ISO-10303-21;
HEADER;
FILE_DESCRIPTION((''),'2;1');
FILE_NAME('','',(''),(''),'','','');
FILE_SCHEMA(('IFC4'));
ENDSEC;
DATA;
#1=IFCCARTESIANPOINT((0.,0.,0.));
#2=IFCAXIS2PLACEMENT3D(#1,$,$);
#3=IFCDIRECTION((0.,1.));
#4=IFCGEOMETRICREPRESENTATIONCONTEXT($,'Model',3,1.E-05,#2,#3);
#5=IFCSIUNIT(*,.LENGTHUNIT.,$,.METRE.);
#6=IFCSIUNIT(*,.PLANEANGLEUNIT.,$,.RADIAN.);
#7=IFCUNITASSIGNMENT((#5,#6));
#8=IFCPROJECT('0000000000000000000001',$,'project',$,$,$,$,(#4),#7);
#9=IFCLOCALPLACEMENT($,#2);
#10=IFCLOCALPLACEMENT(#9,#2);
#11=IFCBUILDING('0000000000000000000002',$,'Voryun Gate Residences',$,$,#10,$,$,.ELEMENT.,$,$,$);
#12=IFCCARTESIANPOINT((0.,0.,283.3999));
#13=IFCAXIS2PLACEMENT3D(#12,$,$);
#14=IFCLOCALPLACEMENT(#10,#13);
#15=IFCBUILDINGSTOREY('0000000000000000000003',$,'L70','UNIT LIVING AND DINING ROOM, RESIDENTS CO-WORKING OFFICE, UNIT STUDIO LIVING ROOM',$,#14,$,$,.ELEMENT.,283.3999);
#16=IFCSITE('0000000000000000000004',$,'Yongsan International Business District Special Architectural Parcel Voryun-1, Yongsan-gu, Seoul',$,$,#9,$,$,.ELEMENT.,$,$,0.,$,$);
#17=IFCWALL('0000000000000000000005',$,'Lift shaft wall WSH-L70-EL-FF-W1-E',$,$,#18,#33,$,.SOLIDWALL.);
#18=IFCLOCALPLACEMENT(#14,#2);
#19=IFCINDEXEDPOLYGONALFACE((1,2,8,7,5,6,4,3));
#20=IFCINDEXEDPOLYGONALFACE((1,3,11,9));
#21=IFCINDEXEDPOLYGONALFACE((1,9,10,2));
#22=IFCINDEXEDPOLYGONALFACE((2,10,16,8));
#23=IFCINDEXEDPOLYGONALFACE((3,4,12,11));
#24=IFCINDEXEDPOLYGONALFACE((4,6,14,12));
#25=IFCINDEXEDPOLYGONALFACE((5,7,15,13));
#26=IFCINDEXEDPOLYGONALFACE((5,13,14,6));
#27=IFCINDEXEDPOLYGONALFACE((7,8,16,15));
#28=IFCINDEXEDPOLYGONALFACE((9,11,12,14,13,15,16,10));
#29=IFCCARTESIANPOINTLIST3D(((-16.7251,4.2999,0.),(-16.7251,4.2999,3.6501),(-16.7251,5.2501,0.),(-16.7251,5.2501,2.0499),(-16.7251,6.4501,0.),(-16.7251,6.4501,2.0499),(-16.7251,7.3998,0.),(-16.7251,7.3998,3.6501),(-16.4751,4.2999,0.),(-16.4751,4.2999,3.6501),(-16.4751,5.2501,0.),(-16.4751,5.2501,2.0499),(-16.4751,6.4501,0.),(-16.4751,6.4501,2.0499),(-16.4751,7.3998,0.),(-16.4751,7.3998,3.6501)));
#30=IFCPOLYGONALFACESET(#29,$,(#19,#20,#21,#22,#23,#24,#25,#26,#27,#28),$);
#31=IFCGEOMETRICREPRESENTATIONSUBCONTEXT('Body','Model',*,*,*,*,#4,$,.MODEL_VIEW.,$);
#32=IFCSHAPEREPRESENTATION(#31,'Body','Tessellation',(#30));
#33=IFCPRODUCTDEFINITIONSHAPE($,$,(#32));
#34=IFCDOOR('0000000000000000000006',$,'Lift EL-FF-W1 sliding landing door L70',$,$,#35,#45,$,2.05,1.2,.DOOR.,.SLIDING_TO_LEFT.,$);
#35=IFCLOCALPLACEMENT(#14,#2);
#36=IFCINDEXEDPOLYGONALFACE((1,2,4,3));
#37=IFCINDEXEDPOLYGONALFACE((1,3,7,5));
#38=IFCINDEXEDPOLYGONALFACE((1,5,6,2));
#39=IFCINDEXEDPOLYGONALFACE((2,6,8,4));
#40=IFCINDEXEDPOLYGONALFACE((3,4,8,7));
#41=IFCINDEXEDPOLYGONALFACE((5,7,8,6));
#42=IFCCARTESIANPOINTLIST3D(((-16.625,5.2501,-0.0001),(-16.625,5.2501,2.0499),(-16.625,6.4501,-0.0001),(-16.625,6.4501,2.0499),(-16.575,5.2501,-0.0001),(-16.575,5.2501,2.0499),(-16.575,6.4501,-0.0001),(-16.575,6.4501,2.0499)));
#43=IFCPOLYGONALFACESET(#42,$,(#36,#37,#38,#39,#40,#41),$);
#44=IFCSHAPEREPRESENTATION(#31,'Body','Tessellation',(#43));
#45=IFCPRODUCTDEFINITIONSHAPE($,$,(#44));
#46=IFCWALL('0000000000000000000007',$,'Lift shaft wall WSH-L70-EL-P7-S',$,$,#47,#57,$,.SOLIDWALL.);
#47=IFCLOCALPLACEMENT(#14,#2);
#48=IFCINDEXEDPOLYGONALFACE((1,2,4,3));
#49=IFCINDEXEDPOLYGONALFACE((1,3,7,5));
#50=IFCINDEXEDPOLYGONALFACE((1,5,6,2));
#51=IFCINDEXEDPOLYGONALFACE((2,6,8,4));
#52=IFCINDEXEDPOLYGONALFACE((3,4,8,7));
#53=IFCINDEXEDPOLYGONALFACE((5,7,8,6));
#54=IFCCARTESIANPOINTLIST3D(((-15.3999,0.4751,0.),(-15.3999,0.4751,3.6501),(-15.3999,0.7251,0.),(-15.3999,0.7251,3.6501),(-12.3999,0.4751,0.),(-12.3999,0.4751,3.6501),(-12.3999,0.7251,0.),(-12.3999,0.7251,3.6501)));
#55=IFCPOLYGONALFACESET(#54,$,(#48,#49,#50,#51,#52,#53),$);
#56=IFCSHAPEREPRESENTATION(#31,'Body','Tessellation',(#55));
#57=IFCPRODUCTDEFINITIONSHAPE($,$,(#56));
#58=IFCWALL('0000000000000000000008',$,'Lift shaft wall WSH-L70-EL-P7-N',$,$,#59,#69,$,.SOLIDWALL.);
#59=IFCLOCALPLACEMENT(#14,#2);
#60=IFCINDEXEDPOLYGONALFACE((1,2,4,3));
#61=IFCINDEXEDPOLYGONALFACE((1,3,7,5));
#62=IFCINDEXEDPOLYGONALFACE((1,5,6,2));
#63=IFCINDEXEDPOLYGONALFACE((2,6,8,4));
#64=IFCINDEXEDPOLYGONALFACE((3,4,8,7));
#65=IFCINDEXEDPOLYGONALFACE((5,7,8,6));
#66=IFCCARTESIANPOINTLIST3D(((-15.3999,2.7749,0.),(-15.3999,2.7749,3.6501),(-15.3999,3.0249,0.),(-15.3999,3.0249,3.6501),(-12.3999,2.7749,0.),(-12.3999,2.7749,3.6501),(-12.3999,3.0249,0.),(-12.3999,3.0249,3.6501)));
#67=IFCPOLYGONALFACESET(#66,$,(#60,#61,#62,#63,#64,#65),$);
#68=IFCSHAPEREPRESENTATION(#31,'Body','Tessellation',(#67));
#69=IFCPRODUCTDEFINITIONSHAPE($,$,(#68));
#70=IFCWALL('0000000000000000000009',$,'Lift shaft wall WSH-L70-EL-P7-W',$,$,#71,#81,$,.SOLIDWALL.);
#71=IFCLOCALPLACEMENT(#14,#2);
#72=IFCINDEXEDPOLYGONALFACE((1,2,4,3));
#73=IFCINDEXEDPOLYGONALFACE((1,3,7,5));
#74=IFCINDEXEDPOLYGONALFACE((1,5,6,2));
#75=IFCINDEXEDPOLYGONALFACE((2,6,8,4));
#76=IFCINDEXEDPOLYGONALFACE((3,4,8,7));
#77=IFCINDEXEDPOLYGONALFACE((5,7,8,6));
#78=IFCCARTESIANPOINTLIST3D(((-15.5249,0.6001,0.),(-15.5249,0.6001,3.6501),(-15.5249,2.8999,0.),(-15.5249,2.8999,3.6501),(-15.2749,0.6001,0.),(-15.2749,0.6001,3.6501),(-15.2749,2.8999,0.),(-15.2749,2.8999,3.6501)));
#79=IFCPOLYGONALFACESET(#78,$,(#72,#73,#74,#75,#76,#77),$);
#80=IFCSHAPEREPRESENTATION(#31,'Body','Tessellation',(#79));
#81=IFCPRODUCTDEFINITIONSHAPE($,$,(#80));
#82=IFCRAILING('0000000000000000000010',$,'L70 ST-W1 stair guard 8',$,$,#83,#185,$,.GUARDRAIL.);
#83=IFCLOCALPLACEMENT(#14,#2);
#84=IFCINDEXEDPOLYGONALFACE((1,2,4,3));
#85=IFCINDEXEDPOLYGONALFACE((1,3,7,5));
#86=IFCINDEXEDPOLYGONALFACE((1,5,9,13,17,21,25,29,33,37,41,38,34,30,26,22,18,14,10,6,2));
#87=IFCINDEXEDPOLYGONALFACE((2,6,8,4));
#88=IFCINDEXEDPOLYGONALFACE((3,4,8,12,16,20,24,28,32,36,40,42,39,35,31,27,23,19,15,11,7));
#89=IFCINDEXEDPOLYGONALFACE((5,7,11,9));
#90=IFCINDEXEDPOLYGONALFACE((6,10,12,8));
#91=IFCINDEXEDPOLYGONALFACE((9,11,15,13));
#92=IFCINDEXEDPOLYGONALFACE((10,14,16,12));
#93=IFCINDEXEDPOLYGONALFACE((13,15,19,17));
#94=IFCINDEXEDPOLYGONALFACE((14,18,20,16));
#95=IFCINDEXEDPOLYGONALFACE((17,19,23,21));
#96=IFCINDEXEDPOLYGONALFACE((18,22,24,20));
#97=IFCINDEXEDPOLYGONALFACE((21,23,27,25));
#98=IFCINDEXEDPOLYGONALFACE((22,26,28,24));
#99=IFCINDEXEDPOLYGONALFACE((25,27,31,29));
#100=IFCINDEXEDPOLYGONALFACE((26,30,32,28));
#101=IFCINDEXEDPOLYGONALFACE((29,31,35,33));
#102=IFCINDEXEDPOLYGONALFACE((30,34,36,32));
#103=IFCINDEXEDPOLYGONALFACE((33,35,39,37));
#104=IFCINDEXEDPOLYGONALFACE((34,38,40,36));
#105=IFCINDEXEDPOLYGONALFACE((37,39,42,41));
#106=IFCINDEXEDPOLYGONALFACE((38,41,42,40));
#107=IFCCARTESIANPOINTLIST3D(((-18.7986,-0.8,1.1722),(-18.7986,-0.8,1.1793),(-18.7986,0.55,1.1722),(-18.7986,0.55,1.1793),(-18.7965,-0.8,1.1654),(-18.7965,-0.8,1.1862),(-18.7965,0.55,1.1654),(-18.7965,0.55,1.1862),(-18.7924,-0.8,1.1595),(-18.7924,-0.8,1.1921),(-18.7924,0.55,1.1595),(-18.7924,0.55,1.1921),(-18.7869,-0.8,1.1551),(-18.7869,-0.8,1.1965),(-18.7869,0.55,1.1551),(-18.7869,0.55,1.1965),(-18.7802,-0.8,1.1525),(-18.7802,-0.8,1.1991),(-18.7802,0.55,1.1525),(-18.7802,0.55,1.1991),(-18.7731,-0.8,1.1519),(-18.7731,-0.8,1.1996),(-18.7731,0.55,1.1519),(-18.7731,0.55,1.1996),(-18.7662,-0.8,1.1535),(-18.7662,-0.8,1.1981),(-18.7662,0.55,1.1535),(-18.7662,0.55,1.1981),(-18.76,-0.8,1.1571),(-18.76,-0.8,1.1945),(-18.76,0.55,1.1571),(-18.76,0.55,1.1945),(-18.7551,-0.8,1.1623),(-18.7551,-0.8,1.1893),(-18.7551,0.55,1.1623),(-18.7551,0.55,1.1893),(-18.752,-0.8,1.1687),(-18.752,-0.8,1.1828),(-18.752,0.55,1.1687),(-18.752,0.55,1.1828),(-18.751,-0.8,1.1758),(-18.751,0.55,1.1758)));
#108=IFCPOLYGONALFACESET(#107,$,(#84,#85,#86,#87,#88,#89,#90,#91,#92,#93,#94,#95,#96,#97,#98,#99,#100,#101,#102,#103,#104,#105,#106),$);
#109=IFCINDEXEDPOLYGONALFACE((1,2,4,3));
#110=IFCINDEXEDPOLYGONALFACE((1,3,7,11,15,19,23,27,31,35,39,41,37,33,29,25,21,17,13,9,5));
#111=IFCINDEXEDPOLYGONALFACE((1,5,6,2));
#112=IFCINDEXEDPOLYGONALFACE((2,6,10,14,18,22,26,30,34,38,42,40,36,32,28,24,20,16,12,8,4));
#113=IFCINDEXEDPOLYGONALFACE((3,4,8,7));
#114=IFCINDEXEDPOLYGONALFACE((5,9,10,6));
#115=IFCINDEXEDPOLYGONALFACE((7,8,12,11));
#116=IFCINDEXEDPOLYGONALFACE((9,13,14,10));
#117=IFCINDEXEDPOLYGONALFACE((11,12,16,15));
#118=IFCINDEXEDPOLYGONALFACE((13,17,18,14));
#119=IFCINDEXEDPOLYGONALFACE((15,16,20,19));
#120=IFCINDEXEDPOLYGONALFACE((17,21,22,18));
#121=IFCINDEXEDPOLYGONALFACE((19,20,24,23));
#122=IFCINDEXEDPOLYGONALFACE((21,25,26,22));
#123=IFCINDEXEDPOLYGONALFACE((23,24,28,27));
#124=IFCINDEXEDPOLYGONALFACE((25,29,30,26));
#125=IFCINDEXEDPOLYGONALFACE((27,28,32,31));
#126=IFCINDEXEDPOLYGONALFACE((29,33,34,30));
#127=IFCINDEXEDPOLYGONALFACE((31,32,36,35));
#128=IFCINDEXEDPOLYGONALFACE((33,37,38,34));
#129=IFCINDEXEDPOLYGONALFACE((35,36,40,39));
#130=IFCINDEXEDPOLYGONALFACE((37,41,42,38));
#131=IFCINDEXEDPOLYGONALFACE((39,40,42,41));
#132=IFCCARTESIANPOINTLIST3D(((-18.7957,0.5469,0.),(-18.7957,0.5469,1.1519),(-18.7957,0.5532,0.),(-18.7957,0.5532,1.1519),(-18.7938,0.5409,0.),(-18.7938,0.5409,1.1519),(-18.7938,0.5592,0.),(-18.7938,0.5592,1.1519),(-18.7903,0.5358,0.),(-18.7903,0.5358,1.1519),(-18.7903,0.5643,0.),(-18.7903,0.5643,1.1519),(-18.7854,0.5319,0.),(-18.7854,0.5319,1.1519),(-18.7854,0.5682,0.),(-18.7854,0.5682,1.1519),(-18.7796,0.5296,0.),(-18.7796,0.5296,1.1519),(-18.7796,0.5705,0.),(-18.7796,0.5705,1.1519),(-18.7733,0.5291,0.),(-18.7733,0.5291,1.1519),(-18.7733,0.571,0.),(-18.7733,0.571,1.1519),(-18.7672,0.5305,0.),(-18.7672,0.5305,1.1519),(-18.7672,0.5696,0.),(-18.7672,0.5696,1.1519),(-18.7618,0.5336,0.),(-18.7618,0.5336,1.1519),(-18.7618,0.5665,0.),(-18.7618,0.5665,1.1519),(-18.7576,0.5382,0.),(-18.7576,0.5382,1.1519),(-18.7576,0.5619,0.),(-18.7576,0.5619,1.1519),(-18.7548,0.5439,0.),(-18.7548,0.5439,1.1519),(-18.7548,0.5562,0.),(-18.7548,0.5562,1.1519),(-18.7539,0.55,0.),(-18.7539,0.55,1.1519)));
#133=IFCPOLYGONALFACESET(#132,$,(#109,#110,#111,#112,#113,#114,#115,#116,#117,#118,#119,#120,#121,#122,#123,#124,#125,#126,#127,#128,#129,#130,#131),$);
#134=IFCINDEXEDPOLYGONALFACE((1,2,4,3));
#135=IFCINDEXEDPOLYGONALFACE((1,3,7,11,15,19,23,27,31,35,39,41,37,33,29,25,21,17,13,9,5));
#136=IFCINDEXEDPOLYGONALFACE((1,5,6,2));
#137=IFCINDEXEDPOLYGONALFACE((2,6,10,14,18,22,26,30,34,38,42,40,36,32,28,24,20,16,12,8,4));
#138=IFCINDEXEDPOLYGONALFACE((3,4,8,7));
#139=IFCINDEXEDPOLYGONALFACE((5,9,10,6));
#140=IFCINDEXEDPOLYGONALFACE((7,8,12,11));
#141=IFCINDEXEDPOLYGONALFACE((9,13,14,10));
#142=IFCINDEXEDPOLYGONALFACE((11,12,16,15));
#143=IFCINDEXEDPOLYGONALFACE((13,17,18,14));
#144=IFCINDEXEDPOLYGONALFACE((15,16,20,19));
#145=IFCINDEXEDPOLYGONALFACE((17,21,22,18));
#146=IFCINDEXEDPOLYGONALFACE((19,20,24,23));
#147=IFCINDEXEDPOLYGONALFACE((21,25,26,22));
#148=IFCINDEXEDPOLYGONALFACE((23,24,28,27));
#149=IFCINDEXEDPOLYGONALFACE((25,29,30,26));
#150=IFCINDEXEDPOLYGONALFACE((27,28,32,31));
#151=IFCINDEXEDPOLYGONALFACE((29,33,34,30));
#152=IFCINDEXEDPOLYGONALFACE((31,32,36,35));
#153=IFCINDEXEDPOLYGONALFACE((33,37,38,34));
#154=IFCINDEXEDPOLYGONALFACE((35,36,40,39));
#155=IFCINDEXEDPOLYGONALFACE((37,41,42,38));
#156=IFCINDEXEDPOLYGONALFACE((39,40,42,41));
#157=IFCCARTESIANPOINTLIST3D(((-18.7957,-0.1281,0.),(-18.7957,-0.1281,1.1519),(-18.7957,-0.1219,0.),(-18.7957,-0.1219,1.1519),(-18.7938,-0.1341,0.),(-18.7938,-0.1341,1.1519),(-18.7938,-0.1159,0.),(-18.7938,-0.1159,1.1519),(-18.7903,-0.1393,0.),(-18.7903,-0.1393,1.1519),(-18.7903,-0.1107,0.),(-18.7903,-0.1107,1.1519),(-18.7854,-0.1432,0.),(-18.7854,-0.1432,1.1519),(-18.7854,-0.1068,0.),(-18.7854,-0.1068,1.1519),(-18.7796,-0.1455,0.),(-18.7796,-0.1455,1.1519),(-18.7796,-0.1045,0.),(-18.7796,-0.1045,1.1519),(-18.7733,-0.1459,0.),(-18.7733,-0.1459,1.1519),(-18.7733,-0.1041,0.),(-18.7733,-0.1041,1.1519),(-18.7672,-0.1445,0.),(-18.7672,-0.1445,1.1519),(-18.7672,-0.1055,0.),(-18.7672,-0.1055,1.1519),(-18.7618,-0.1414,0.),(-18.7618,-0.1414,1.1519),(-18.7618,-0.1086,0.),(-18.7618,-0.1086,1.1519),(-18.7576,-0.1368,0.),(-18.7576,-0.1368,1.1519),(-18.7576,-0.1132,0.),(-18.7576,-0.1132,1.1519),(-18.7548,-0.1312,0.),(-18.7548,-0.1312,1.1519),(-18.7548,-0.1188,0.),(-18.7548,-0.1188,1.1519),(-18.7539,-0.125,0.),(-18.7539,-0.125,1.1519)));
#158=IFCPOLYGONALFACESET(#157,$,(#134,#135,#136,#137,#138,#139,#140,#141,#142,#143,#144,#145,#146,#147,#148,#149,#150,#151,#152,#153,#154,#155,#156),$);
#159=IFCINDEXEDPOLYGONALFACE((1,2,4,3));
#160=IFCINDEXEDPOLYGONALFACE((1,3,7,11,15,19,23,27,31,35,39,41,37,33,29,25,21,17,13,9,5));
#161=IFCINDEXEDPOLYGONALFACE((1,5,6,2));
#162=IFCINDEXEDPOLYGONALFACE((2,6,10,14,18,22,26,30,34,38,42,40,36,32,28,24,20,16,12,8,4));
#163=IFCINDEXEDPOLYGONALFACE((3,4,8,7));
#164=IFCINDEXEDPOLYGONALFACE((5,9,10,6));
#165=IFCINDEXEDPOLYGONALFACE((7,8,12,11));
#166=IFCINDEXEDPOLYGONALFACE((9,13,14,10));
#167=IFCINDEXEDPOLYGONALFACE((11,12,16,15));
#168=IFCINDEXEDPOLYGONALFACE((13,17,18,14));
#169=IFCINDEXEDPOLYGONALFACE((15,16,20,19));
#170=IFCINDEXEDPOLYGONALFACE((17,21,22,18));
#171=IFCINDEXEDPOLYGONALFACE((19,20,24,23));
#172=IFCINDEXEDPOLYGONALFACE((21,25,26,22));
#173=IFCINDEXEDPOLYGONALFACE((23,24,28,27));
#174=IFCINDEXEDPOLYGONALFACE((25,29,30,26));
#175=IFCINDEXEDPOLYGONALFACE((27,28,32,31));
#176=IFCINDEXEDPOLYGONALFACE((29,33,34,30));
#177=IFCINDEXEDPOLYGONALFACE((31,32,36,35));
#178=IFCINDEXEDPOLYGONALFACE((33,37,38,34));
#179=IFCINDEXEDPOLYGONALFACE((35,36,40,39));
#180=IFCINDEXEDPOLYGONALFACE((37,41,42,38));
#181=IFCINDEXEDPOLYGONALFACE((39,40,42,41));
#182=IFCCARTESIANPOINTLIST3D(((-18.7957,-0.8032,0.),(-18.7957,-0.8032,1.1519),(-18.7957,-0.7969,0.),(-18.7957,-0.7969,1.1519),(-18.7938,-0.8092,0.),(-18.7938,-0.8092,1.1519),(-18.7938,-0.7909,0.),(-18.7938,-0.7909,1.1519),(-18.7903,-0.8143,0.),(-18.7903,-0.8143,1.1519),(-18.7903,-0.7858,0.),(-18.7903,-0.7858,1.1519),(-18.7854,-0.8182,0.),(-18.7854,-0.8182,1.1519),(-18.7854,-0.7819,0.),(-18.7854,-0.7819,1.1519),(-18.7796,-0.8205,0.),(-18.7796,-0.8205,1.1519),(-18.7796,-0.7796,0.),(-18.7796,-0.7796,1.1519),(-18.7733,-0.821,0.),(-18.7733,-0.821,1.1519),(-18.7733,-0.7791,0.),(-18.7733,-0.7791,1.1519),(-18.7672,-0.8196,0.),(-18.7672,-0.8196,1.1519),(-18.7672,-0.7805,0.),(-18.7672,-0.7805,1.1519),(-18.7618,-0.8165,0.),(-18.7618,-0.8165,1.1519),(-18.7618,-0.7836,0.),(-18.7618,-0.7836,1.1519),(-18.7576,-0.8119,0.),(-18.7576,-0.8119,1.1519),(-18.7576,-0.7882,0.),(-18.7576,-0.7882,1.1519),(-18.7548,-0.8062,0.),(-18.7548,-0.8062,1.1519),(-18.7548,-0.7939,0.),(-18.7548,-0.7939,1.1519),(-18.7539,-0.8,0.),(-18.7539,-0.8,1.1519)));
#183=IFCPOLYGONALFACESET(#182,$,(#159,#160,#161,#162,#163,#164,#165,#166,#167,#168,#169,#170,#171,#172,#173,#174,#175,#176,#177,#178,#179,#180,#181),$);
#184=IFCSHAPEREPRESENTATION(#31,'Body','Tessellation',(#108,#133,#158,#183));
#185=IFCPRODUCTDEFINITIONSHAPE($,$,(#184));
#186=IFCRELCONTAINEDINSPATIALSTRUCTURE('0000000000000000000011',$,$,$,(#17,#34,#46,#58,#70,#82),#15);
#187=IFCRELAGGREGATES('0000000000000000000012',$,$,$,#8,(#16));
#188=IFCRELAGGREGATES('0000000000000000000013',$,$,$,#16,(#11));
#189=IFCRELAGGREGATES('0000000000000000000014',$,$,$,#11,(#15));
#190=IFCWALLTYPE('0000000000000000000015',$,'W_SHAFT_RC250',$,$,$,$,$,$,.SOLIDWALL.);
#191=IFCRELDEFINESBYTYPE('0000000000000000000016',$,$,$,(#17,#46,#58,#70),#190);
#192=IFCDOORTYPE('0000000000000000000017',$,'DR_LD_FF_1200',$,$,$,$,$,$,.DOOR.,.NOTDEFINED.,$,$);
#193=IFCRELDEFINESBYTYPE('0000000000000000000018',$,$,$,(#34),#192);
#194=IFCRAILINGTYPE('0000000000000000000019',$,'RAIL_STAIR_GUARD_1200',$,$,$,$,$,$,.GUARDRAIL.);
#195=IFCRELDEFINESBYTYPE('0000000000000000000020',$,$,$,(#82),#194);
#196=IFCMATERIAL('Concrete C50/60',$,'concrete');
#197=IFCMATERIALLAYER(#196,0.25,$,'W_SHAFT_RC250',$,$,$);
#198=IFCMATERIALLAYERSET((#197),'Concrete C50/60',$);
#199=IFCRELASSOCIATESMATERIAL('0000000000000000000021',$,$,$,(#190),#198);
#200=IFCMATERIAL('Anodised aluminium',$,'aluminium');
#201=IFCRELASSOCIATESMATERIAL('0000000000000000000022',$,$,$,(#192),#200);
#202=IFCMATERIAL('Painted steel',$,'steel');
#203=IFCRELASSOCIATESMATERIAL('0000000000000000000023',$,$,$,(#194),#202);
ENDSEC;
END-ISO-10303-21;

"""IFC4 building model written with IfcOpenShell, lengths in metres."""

from ifc_helpers import new_model, si_unit, direction, frame, frame_2d, origin, origin_2d, place, context, subcontext, project, spatial, rectangle, circle, extrude, material, layer, layer_set, type_object, element, fill, save


model = new_model("IFC4")

# Units and contexts
model_context = context("Model", 3, precision=1e-05, world=origin(), true_north=direction((0.0, 1.0)))
body_context = subcontext(model_context, "Body", "Model", "MODEL_VIEW")
ifc_project = project(units=[si_unit("LENGTHUNIT", "METRE"), si_unit("PLANEANGLEUNIT", "RADIAN")], contexts=[model_context])

# Site, building, storey
site_placement = place(None, origin())
site = spatial("IfcSite", under=ifc_project, at=site_placement, Name="Yongsan International Business District Special Architectural Parcel Voryun-1, Yongsan-gu, Seoul", CompositionType="ELEMENT", RefElevation=0.0)
building_placement = place(site_placement, origin())
building = spatial("IfcBuilding", under=site, at=building_placement, Name="Voryun Gate Residences", CompositionType="ELEMENT")
storey_placement = place(building_placement, frame((0.0, 0.0, 283.3999)))
storey = spatial("IfcBuildingStorey", under=building, at=storey_placement, Name="L70", Description="UNIT LIVING AND DINING ROOM, RESIDENTS CO-WORKING OFFICE, UNIT STUDIO LIVING ROOM", CompositionType="ELEMENT", Elevation=283.3999)

# Wall, opening, door
ifc_material_1 = material(Name="Concrete C50/60", Category="concrete")
ifc_layer_1 = layer(ifc_material_1, 0.25, Name="W_SHAFT_RC250")
ifc_layer_set_1 = layer_set([ifc_layer_1], Name="Concrete C50/60")
wall_type_1 = type_object("IfcWallType", Name="W_SHAFT_RC250", PredefinedType="SOLIDWALL", material=ifc_layer_set_1)
wall_1_placement = place(storey_placement, frame((-16.6001, 4.3, 0.0), z_axis=(0.0, 0.0, 1.0), x_axis=(0.0, 1.0, 0.0)))
wall_1 = element("IfcWall", 1, at=wall_1_placement, inside=storey, type_object=wall_type_1, Name="Lift shaft wall WSH-L70-EL-FF-W1-E", PredefinedType="SOLIDWALL", context=body_context, shape_type="SweptSolid", body=[
    extrude(rectangle(XDim=3.0999, YDim=0.25, at=frame_2d((1.5498, 0.0))), origin(), (0.0, 0.0, 1.0), 3.6501),
])
opening_1_placement = place(wall_1_placement, frame((0.95, 0.0, 0.0)))
opening_1 = element("IfcOpeningElement", 2, at=opening_1_placement, cuts=wall_1, PredefinedType="OPENING", context=body_context, shape_type="SweptSolid", body=[
    extrude(rectangle(XDim=1.2, YDim=2.05, at=frame_2d((0.6001, 1.0249))), frame((0.0, 0.135, 0.0), z_axis=(0.0, -1.0, 0.0), x_axis=(1.0, 0.0, 0.0)), (0.0, 0.0, 1.0), 0.27),
])
ifc_material_2 = material(Name="Anodised aluminium", Category="aluminium")
door_type_1 = type_object("IfcDoorType", Name="DR_LD_FF_1200", OperationType="NOTDEFINED", PredefinedType="DOOR", material=ifc_material_2)
door_1_placement = place(opening_1_placement, origin())
door_1 = element("IfcDoor", 3, at=door_1_placement, inside=storey, type_object=door_type_1, Name="Lift EL-FF-W1 sliding landing door L70", OperationType="SLIDING_TO_LEFT", OverallHeight=2.05, OverallWidth=1.2, PredefinedType="DOOR", context=body_context, shape_type="SweptSolid", body=[
    extrude(rectangle(XDim=1.2, YDim=2.05, at=frame_2d((0.6001, 1.0249))), frame((0.0, 0.0249, 0.0), z_axis=(0.0, -1.0, 0.0), x_axis=(1.0, 0.0, 0.0)), (0.0, 0.0, 1.0), 0.05),
])
fill(opening_1, door_1)

# Walls
for number, where, z_axis, x_axis, name in (
    (4, (-15.3999, 0.6001, 0.0), (0.0, 0.0, 1.0), (1.0, 0.0, 0.0), "Lift shaft wall WSH-L70-EL-P7-S"),
    (5, (-12.3999, 2.8999, 0.0), (0.0, 0.0, 1.0), (-1.0, 0.0, 0.0), "Lift shaft wall WSH-L70-EL-P7-N"),
):
    element("IfcWall", number, at=place(storey_placement, frame(where, z_axis=z_axis, x_axis=x_axis)), inside=storey, type_object=wall_type_1, Name=name, PredefinedType="SOLIDWALL", context=body_context, shape_type="SweptSolid", body=[
        extrude(rectangle(XDim=3.0, YDim=0.25, at=frame_2d((1.5, 0.0))), origin(), (0.0, 0.0, 1.0), 3.6501),
    ])
wall_2_placement = place(storey_placement, frame((-15.3999, 2.8999, 0.0), z_axis=(0.0, 0.0, 1.0), x_axis=(0.0, -1.0, 0.0)))
element("IfcWall", 6, at=wall_2_placement, inside=storey, type_object=wall_type_1, Name="Lift shaft wall WSH-L70-EL-P7-W", PredefinedType="SOLIDWALL", context=body_context, shape_type="SweptSolid", body=[
    extrude(rectangle(XDim=2.2998, YDim=0.25, at=frame_2d((1.1499, 0.0))), origin(), (0.0, 0.0, 1.0), 3.6501),
])

# Railing
ifc_material_3 = material(Name="Painted steel", Category="steel")
railing_type = type_object("IfcRailingType", Name="RAIL_STAIR_GUARD_1200", PredefinedType="GUARDRAIL", material=ifc_material_3)
for number, where, name in (
    (7, (-18.7749, 0.55, 0.0), "L70 ST-W1 stair guard 8"),
):
    element("IfcRailing", number, at=place(storey_placement, frame(where)), inside=storey, type_object=railing_type, Name=name, PredefinedType="GUARDRAIL", context=body_context, shape_type="SweptSolid", body=[
        extrude(circle(Radius=0.0239, at=origin_2d()), frame((0.0, 0.0, 1.1758), z_axis=(0.0, -1.0, 0.0), x_axis=(1.0, 0.0, 0.0)), (0.0, 0.0, 1.0), 1.3501),
        extrude(circle(Radius=0.021, at=origin_2d()), origin(), (0.0, 0.0, 1.0), 1.1519),
        extrude(circle(Radius=0.021, at=origin_2d()), frame((0.0, -0.675, 0.0)), (0.0, 0.0, 1.0), 1.1519),
        extrude(circle(Radius=0.021, at=origin_2d()), frame((0.0, -1.3501, 0.0)), (0.0, 0.0, 1.0), 1.1519),
    ])

save(model, "model.ifc")
